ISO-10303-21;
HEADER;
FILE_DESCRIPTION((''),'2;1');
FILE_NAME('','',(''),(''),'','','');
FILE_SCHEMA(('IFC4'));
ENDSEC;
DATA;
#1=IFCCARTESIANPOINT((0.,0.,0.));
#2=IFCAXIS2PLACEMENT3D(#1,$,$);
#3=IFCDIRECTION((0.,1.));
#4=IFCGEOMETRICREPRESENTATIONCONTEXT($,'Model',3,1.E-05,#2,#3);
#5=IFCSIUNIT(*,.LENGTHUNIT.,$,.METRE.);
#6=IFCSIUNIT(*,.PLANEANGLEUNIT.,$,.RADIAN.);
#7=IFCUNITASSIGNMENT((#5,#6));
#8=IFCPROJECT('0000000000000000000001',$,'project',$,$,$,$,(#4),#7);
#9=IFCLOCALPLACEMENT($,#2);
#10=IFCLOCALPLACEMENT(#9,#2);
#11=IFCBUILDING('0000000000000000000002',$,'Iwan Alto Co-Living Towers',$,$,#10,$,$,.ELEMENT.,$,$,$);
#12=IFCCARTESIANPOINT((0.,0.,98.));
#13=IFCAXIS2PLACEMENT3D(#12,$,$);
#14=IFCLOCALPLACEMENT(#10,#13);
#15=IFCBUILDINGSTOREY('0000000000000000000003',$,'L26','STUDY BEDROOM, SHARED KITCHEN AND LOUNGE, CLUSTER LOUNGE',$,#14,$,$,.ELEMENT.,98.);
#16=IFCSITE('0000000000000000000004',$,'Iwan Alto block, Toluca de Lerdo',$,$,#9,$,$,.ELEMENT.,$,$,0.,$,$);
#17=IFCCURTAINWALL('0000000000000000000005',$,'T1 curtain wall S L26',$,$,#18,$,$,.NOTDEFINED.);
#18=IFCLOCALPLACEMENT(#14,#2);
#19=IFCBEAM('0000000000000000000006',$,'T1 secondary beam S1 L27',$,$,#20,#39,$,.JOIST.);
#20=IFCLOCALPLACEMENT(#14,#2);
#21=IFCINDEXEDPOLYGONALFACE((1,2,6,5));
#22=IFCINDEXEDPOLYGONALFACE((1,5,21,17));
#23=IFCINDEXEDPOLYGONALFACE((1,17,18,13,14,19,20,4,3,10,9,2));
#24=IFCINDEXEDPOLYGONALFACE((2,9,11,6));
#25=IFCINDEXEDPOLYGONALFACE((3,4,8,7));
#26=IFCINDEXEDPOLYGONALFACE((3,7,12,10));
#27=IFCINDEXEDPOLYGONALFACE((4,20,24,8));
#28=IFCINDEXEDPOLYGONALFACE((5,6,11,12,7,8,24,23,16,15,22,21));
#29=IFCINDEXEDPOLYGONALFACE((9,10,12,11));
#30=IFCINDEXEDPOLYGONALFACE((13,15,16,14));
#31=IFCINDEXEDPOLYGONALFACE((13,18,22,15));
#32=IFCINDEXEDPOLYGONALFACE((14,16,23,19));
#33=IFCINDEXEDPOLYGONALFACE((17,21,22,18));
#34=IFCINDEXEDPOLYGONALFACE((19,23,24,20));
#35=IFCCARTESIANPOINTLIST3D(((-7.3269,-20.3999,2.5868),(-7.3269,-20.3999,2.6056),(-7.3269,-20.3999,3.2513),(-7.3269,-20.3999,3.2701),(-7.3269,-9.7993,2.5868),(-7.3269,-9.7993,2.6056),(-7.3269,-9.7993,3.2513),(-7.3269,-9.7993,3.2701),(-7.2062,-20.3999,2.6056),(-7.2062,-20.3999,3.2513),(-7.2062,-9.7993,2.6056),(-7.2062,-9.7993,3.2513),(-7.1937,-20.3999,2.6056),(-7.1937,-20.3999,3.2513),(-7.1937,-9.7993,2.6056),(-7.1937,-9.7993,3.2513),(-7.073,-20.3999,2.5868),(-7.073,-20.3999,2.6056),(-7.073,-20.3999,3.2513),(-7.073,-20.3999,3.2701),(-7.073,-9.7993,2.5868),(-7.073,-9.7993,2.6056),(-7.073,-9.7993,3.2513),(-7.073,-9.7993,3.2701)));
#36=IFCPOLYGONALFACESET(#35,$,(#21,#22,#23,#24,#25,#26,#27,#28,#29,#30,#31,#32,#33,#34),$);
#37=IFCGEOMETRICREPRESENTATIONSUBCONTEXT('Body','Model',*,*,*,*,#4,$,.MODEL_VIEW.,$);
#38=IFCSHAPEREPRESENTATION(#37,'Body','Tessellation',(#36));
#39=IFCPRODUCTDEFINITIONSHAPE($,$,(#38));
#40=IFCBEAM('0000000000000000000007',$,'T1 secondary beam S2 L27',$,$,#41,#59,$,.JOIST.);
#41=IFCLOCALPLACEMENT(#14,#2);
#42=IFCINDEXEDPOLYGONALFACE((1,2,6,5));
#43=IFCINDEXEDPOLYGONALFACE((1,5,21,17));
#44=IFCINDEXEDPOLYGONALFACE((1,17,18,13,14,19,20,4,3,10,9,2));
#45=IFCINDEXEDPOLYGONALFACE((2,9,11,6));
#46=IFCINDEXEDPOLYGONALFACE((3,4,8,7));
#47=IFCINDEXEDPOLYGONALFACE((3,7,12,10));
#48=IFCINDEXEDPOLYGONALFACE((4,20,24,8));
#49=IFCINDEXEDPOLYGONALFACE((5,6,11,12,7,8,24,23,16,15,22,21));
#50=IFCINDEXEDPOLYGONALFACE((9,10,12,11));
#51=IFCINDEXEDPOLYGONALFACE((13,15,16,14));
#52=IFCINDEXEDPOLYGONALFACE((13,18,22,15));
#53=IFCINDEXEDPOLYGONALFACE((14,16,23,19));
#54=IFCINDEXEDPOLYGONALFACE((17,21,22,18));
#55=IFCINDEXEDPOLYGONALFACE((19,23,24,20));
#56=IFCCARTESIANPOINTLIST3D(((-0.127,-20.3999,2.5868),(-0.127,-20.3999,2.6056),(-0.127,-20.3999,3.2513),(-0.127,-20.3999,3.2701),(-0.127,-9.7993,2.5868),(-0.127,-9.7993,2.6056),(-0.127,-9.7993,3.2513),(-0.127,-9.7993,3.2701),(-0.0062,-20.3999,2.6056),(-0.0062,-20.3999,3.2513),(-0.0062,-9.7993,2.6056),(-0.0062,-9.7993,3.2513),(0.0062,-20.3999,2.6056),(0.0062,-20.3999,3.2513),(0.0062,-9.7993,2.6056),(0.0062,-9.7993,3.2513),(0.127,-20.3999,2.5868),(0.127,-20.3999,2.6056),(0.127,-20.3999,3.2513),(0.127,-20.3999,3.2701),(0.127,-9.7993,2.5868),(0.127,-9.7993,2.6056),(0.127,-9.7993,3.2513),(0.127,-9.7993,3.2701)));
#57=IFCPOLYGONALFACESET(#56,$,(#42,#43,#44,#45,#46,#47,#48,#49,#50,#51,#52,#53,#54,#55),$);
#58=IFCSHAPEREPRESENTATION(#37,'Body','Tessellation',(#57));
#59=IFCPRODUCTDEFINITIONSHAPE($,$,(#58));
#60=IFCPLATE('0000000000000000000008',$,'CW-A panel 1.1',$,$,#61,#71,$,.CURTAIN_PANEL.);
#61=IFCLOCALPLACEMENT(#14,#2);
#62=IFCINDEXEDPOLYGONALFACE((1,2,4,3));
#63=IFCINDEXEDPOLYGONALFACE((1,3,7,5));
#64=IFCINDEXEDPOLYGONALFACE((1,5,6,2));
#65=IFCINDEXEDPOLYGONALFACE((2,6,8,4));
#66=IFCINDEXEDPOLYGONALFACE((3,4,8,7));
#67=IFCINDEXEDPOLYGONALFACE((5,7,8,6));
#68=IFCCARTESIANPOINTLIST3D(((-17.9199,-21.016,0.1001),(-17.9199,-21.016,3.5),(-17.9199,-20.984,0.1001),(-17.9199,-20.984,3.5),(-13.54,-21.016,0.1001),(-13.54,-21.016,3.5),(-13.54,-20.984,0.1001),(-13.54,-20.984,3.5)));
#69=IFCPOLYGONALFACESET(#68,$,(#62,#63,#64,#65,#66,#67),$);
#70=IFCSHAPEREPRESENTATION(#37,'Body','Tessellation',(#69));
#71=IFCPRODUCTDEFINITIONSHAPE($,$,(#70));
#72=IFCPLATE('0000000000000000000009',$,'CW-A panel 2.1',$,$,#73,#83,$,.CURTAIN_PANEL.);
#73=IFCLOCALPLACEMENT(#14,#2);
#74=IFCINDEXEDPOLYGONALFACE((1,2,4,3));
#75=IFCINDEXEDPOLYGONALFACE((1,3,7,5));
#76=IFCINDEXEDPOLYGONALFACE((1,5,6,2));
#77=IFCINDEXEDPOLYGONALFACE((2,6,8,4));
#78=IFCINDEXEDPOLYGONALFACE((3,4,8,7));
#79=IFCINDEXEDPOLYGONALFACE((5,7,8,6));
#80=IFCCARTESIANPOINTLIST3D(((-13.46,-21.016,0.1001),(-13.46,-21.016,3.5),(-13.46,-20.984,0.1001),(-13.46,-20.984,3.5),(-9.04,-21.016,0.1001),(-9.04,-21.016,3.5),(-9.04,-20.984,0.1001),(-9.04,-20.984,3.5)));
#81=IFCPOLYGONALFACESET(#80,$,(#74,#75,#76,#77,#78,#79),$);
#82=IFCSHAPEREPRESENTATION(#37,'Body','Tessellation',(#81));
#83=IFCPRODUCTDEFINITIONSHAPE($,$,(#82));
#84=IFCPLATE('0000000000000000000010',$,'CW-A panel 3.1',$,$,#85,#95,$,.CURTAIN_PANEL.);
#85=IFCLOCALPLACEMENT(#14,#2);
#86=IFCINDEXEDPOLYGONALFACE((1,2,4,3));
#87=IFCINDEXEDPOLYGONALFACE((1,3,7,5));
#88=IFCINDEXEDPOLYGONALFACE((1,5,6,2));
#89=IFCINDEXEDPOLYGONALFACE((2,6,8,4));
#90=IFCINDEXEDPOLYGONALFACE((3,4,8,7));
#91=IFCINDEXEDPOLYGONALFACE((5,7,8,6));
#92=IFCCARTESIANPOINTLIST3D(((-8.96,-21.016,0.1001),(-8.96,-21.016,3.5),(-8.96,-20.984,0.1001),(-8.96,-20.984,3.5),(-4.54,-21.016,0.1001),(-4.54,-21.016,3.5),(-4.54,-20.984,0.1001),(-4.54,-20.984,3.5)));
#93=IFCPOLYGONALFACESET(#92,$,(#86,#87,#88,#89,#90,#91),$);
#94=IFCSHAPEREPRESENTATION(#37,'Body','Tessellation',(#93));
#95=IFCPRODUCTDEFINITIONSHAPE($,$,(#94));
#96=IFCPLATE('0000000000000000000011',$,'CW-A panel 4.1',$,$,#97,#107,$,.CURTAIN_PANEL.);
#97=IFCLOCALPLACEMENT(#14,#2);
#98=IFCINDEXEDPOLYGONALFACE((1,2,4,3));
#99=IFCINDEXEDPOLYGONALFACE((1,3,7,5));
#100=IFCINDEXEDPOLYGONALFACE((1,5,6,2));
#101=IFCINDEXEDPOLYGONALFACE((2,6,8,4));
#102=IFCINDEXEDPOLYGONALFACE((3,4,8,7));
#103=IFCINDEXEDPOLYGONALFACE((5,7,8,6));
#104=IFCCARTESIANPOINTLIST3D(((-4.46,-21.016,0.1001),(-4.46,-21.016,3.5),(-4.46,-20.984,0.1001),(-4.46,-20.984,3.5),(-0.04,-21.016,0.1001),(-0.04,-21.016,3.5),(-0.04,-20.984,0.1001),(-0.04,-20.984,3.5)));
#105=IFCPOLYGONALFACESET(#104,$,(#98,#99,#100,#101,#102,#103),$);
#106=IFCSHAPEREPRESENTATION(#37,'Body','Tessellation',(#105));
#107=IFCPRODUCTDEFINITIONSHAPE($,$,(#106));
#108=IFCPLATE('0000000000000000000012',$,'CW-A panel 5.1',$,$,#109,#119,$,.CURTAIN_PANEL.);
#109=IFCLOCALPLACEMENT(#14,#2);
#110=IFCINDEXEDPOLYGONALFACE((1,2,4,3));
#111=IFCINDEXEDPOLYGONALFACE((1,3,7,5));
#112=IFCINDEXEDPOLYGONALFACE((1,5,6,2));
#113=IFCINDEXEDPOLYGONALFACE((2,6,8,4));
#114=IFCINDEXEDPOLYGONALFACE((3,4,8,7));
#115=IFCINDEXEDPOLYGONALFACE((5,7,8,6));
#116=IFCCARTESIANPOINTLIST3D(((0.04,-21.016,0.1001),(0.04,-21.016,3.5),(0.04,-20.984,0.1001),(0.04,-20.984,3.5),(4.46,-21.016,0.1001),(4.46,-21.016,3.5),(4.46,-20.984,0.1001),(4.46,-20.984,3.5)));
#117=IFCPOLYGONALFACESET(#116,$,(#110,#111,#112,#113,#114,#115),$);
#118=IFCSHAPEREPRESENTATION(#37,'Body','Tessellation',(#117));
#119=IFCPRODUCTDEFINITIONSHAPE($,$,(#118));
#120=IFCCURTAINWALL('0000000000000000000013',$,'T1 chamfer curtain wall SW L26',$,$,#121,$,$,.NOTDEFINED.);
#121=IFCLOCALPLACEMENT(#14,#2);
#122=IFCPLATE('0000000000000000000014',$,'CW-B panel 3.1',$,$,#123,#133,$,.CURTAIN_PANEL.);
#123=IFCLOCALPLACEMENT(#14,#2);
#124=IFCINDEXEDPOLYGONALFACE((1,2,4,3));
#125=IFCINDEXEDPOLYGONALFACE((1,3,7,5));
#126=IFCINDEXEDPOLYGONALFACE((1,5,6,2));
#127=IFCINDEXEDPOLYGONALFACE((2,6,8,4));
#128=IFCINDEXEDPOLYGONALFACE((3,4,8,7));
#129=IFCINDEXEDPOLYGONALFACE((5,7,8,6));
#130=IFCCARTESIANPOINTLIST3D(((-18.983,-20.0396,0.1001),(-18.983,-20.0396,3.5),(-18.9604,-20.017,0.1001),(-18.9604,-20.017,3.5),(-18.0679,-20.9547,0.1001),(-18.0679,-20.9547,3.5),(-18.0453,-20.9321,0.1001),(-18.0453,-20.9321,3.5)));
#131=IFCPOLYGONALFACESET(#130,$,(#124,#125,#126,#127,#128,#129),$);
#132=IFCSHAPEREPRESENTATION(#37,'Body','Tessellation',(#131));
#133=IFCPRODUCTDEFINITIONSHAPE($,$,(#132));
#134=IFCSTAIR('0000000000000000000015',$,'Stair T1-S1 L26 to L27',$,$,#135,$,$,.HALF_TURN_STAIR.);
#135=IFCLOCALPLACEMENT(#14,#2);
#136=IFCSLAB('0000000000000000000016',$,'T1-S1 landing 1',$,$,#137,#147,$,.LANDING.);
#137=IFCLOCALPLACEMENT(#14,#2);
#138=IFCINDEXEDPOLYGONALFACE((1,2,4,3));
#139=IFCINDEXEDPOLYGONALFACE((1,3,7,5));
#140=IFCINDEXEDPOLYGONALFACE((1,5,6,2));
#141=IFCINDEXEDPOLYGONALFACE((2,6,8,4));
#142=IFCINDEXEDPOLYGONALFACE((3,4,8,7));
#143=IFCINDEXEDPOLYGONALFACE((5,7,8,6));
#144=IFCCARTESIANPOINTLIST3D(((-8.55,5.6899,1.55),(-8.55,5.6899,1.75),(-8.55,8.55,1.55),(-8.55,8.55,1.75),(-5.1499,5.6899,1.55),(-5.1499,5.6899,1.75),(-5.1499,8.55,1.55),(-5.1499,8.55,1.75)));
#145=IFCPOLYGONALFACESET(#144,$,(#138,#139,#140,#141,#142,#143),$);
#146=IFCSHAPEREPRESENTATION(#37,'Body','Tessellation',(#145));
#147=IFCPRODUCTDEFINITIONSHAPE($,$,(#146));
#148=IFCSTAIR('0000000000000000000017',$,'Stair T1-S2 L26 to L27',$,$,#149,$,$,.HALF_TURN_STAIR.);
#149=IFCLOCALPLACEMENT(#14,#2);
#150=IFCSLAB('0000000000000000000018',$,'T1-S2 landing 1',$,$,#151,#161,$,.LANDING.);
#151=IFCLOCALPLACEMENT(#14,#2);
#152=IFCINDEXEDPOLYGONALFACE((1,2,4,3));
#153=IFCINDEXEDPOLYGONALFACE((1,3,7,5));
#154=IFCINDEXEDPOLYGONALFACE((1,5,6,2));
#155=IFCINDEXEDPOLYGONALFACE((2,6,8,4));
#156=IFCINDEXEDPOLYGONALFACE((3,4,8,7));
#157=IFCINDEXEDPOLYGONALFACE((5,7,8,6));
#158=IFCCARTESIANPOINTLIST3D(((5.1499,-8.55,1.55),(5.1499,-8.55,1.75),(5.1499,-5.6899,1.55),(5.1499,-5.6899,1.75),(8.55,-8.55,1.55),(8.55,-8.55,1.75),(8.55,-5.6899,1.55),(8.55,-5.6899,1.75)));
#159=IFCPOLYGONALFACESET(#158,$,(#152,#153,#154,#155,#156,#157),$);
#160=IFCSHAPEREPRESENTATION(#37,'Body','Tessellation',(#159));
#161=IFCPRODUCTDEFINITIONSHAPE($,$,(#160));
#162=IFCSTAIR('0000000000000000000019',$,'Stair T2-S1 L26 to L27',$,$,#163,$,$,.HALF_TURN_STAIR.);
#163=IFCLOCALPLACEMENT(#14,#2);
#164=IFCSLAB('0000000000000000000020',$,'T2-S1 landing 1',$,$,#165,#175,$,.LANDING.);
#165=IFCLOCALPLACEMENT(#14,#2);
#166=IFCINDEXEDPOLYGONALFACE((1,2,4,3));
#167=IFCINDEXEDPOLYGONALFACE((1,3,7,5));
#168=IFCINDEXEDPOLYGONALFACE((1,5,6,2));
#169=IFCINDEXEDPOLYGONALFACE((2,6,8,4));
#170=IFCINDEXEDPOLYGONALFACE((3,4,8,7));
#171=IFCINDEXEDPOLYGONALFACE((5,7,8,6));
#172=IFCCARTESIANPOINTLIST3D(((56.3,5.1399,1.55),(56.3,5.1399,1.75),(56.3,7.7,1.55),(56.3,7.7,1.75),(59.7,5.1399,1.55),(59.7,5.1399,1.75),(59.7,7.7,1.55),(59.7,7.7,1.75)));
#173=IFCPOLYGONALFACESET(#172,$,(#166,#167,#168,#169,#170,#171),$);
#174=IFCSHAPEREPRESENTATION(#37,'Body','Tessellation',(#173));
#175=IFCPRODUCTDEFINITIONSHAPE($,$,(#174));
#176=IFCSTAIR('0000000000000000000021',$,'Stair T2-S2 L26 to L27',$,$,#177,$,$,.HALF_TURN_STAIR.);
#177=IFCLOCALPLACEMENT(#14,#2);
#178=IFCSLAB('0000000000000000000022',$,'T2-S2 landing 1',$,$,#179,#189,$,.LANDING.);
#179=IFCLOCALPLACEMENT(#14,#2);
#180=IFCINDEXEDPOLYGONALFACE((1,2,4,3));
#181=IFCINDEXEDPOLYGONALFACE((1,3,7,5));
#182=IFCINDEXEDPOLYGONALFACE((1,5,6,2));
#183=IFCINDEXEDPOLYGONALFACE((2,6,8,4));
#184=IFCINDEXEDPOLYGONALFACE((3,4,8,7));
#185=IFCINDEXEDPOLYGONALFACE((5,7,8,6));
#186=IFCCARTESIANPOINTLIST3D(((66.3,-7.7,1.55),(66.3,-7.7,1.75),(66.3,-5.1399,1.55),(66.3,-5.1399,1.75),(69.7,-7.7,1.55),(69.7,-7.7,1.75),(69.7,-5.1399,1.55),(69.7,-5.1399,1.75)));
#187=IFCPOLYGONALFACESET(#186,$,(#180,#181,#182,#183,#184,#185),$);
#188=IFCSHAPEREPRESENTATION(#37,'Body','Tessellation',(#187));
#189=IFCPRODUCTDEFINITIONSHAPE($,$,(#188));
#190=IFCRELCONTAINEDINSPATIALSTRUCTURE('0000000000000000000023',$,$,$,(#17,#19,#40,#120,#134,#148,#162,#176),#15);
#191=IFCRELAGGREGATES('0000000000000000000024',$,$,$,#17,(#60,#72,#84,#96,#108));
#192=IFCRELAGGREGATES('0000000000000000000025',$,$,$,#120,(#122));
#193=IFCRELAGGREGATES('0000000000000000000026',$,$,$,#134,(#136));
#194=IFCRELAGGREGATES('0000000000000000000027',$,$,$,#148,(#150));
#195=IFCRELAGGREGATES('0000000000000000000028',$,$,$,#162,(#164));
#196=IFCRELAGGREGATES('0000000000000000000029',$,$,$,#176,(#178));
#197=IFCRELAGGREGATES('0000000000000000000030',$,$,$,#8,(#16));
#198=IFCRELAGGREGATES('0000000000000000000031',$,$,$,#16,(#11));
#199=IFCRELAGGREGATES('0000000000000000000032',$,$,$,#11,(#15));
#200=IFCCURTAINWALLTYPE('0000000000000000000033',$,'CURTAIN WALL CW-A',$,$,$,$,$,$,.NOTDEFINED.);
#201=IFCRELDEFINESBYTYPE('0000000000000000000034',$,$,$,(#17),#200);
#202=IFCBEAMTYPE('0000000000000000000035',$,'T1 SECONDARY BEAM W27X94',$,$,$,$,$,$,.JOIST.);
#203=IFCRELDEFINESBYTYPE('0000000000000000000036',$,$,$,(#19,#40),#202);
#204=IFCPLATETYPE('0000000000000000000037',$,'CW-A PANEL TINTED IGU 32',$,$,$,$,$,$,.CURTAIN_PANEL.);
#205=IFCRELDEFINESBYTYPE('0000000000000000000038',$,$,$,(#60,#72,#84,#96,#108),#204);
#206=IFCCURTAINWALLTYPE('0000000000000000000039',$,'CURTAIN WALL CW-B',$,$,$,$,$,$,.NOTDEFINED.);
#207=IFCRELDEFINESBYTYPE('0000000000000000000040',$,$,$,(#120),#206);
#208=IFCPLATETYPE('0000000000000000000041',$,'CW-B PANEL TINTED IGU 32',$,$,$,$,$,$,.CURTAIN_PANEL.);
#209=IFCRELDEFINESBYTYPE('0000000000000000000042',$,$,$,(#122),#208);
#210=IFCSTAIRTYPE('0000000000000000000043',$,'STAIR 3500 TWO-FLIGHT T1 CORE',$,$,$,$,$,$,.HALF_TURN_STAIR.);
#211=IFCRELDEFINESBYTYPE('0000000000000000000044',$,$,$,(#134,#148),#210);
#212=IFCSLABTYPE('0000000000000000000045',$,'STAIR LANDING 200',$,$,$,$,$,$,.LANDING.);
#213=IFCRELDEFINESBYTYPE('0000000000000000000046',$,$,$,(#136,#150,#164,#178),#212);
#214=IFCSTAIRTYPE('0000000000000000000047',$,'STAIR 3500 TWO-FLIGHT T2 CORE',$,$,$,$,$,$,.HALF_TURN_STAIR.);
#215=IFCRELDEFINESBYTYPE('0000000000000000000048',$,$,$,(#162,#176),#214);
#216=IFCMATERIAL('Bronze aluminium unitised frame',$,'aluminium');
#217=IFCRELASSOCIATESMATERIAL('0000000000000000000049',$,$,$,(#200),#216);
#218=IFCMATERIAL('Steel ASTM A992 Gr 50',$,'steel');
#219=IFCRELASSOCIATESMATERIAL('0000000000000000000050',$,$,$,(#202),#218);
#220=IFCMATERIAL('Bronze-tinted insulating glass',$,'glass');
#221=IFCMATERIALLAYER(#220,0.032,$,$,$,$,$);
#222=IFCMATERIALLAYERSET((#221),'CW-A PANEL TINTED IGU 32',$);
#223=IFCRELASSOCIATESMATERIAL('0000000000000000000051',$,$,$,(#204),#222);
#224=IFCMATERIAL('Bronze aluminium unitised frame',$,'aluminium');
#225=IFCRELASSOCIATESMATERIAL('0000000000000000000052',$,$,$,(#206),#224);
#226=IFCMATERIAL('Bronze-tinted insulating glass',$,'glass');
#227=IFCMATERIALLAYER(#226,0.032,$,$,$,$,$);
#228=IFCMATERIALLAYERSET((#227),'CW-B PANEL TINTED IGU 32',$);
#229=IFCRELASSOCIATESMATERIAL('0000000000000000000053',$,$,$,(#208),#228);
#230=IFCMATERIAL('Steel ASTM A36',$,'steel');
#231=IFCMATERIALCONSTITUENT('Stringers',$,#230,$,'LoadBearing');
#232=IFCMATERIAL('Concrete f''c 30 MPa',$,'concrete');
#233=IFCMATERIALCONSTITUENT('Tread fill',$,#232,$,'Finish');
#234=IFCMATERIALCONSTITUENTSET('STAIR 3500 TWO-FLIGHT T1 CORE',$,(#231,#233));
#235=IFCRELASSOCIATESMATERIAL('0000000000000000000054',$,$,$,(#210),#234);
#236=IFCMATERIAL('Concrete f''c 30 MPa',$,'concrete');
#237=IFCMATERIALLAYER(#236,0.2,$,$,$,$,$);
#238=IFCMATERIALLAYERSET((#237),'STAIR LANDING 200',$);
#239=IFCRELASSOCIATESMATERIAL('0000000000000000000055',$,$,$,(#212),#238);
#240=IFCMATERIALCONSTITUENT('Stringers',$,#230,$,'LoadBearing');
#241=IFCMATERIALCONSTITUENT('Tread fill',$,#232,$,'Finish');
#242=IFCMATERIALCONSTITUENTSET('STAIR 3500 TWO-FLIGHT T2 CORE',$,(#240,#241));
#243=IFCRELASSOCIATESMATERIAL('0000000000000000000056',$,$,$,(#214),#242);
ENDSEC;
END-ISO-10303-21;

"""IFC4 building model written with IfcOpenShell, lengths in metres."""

from ifc_helpers import new_model, si_unit, direction, frame, origin, origin_2d, place, context, subcontext, project, spatial, polyline, rectangle, i_section, outline, extrude, material, layer, layer_set, constituent, constituent_set, material_profile, profile_set, type_object, element, aggregate, save


model = new_model("IFC4")

# Units and contexts
model_context = context("Model", 3, precision=1e-05, world=origin(), true_north=direction((0.0, 1.0)))
body_context = subcontext(model_context, "Body", "Model", "MODEL_VIEW")
ifc_project = project(units=[si_unit("LENGTHUNIT", "METRE"), si_unit("PLANEANGLEUNIT", "RADIAN")], contexts=[model_context])

# Site, building, storey
site_placement = place(None, origin())
site = spatial("IfcSite", under=ifc_project, at=site_placement, Name="Iwan Alto block, Toluca de Lerdo", CompositionType="ELEMENT", RefElevation=0.0)
building_placement = place(site_placement, origin())
building = spatial("IfcBuilding", under=site, at=building_placement, Name="Iwan Alto Co-Living Towers", CompositionType="ELEMENT")
storey_placement = place(building_placement, frame((0.0, 0.0, 98.0)))
storey = spatial("IfcBuildingStorey", under=building, at=storey_placement, Name="L26", Description="STUDY BEDROOM, SHARED KITCHEN AND LOUNGE, CLUSTER LOUNGE", CompositionType="ELEMENT", Elevation=98.0)

# Curtain wall
ifc_material_1 = material(Name="Bronze aluminium unitised frame", Category="aluminium")
curtain_wall_type_1 = type_object("IfcCurtainWallType", Name="CURTAIN WALL CW-A", PredefinedType="NOTDEFINED", material=ifc_material_1)
curtain_wall_1_placement = place(storey_placement, origin())
curtain_wall_1 = element("IfcCurtainWall", 1, at=curtain_wall_1_placement, inside=storey, type_object=curtain_wall_type_1, Name="T1 curtain wall S L26", PredefinedType="NOTDEFINED")

# Beams
ifc_material_2 = material(Name="Steel ASTM A992 Gr 50", Category="steel")
ifc_material_profile_1 = material_profile(ifc_material_2, i_section(OverallWidth=0.2539, OverallDepth=0.6833, WebThickness=0.0125, FlangeThickness=0.0188, at=origin_2d()), Name="W27X94")
ifc_profile_set_1 = profile_set([ifc_material_profile_1], Name="Steel ASTM A992 Gr 50")
beam_type_1 = type_object("IfcBeamType", Name="T1 SECONDARY BEAM W27X94", PredefinedType="JOIST", material=ifc_profile_set_1)
for number, where, z_axis, x_axis, name in (
    (2, (-7.2, -20.3999, 2.9285), (0.0, 1.0, 0.0), (-1.0, 0.0, 0.0), "T1 secondary beam S1 L27"),
    (3, (0.0, -20.3999, 2.9285), (0.0, 1.0, 0.0), (-1.0, 0.0, 0.0), "T1 secondary beam S2 L27"),
):
    element("IfcBeam", number, at=place(storey_placement, frame(where, z_axis=z_axis, x_axis=x_axis)), inside=storey, type_object=beam_type_1, Name=name, PredefinedType="JOIST", context=body_context, shape_type="SweptSolid", body=[
        extrude(i_section(OverallWidth=0.2539, OverallDepth=0.6833, WebThickness=0.0125, FlangeThickness=0.0188, at=origin_2d()), origin(), (0.0, 0.0, 1.0), 10.6006),
    ])

# Plates
ifc_material_3 = material(Name="Bronze-tinted insulating glass", Category="glass")
ifc_layer_1 = layer(ifc_material_3, 0.032)
ifc_layer_set_1 = layer_set([ifc_layer_1], Name="CW-A PANEL TINTED IGU 32")
plate_type_1 = type_object("IfcPlateType", Name="CW-A PANEL TINTED IGU 32", PredefinedType="CURTAIN_PANEL", material=ifc_layer_set_1)
plate_1_placement = place(storey_placement, frame((-15.73, -21.0, 0.1001), z_axis=(0.0, 0.0, 1.0), x_axis=(1.0, 0.0, 0.0)))
plate_1 = element("IfcPlate", 4, at=plate_1_placement, type_object=plate_type_1, Name="CW-A panel 1.1", PredefinedType="CURTAIN_PANEL", context=body_context, shape_type="SweptSolid", body=[
    extrude(rectangle(XDim=4.3799, YDim=0.032, at=origin_2d()), origin(), (0.0, 0.0, 1.0), 3.3999),
])
plate_2_placement = place(storey_placement, frame((-11.25, -21.0, 0.1001), z_axis=(0.0, 0.0, 1.0), x_axis=(1.0, 0.0, 0.0)))
plate_2 = element("IfcPlate", 5, at=plate_2_placement, type_object=plate_type_1, Name="CW-A panel 2.1", PredefinedType="CURTAIN_PANEL", context=body_context, shape_type="SweptSolid", body=[
    extrude(rectangle(XDim=4.4199, YDim=0.032, at=origin_2d()), origin(), (0.0, 0.0, 1.0), 3.3999),
])
plate_3_placement = place(storey_placement, frame((-6.75, -21.0, 0.1001), z_axis=(0.0, 0.0, 1.0), x_axis=(1.0, 0.0, 0.0)))
plate_3 = element("IfcPlate", 6, at=plate_3_placement, type_object=plate_type_1, Name="CW-A panel 3.1", PredefinedType="CURTAIN_PANEL", context=body_context, shape_type="SweptSolid", body=[
    extrude(rectangle(XDim=4.4199, YDim=0.032, at=origin_2d()), origin(), (0.0, 0.0, 1.0), 3.3999),
])
plate_4_placement = place(storey_placement, frame((-2.25, -21.0, 0.1001), z_axis=(0.0, 0.0, 1.0), x_axis=(1.0, 0.0, 0.0)))
plate_4 = element("IfcPlate", 7, at=plate_4_placement, type_object=plate_type_1, Name="CW-A panel 4.1", PredefinedType="CURTAIN_PANEL", context=body_context, shape_type="SweptSolid", body=[
    extrude(rectangle(XDim=4.4199, YDim=0.032, at=origin_2d()), origin(), (0.0, 0.0, 1.0), 3.3999),
])
plate_5_placement = place(storey_placement, frame((2.25, -21.0, 0.1001), z_axis=(0.0, 0.0, 1.0), x_axis=(1.0, 0.0, 0.0)))
plate_5 = element("IfcPlate", 8, at=plate_5_placement, type_object=plate_type_1, Name="CW-A panel 5.1", PredefinedType="CURTAIN_PANEL", context=body_context, shape_type="SweptSolid", body=[
    extrude(rectangle(XDim=4.4199, YDim=0.032, at=origin_2d()), origin(), (0.0, 0.0, 1.0), 3.3999),
])
aggregate(curtain_wall_1, [plate_1, plate_2, plate_3, plate_4, plate_5])

# Curtain wall, plate
ifc_material_4 = material(Name="Bronze aluminium unitised frame", Category="aluminium")
curtain_wall_type_2 = type_object("IfcCurtainWallType", Name="CURTAIN WALL CW-B", PredefinedType="NOTDEFINED", material=ifc_material_4)
curtain_wall_2_placement = place(storey_placement, origin())
curtain_wall_2 = element("IfcCurtainWall", 9, at=curtain_wall_2_placement, inside=storey, type_object=curtain_wall_type_2, Name="T1 chamfer curtain wall SW L26", PredefinedType="NOTDEFINED")
ifc_material_5 = material(Name="Bronze-tinted insulating glass", Category="glass")
ifc_layer_2 = layer(ifc_material_5, 0.032)
ifc_layer_set_2 = layer_set([ifc_layer_2], Name="CW-B PANEL TINTED IGU 32")
plate_type_2 = type_object("IfcPlateType", Name="CW-B PANEL TINTED IGU 32", PredefinedType="CURTAIN_PANEL", material=ifc_layer_set_2)
plate_6_placement = place(storey_placement, frame((-18.5142, -20.4858, 0.1001), z_axis=(0.0, 0.0, 1.0), x_axis=(0.707107, -0.707107, 0.0)))
plate_6 = element("IfcPlate", 10, at=plate_6_placement, type_object=plate_type_2, Name="CW-B panel 3.1", PredefinedType="CURTAIN_PANEL", context=body_context, shape_type="SweptSolid", body=[
    extrude(rectangle(XDim=1.2942, YDim=0.032, at=origin_2d()), origin(), (0.0, 0.0, 1.0), 3.3999),
])
aggregate(curtain_wall_2, [plate_6])

# Stairs, slabs
ifc_material_6 = material(Name="Steel ASTM A36", Category="steel")
ifc_constituent_1 = constituent(ifc_material_6, Name="Stringers", Category="LoadBearing")
ifc_material_7 = material(Name="Concrete f'c 30 MPa", Category="concrete")
ifc_constituent_2 = constituent(ifc_material_7, Name="Tread fill", Category="Finish")
ifc_constituent_set_1 = constituent_set(constituents=[ifc_constituent_1, ifc_constituent_2], Name="STAIR 3500 TWO-FLIGHT T1 CORE")
stair_type_1 = type_object("IfcStairType", Name="STAIR 3500 TWO-FLIGHT T1 CORE", PredefinedType="HALF_TURN_STAIR", material=ifc_constituent_set_1)
stair_1_placement = place(storey_placement, origin())
stair_1 = element("IfcStair", 11, at=stair_1_placement, inside=storey, type_object=stair_type_1, Name="Stair T1-S1 L26 to L27", PredefinedType="HALF_TURN_STAIR")
ifc_material_8 = material(Name="Concrete f'c 30 MPa", Category="concrete")
ifc_layer_3 = layer(ifc_material_8, 0.2)
ifc_layer_set_3 = layer_set([ifc_layer_3], Name="STAIR LANDING 200")
slab_type = type_object("IfcSlabType", Name="STAIR LANDING 200", PredefinedType="LANDING", material=ifc_layer_set_3)
slab_1_placement = place(storey_placement, frame((0.0, 0.0, 1.55)))
slab_1 = element("IfcSlab", 12, at=slab_1_placement, type_object=slab_type, Name="T1-S1 landing 1", PredefinedType="LANDING", context=body_context, shape_type="SweptSolid", body=[
    extrude(outline(polyline([(-8.55, 5.6899), (-8.55, 8.55), (-5.1499, 8.55), (-5.1499, 5.6899), (-8.55, 5.6899)])), origin(), (0.0, 0.0, 1.0), 0.2),
])
aggregate(stair_1, [slab_1])
stair_2_placement = place(storey_placement, origin())
stair_2 = element("IfcStair", 13, at=stair_2_placement, inside=storey, type_object=stair_type_1, Name="Stair T1-S2 L26 to L27", PredefinedType="HALF_TURN_STAIR")
slab_2_placement = place(storey_placement, frame((0.0, 0.0, 1.55)))
slab_2 = element("IfcSlab", 14, at=slab_2_placement, type_object=slab_type, Name="T1-S2 landing 1", PredefinedType="LANDING", context=body_context, shape_type="SweptSolid", body=[
    extrude(outline(polyline([(5.1499, -5.6899), (5.1499, -8.55), (8.55, -8.55), (8.55, -5.6899), (5.1499, -5.6899)])), origin(), (0.0, 0.0, 1.0), 0.2),
])
aggregate(stair_2, [slab_2])
ifc_constituent_3 = constituent(ifc_material_6, Name="Stringers", Category="LoadBearing")
ifc_constituent_4 = constituent(ifc_material_7, Name="Tread fill", Category="Finish")
ifc_constituent_set_2 = constituent_set(constituents=[ifc_constituent_3, ifc_constituent_4], Name="STAIR 3500 TWO-FLIGHT T2 CORE")
stair_type_2 = type_object("IfcStairType", Name="STAIR 3500 TWO-FLIGHT T2 CORE", PredefinedType="HALF_TURN_STAIR", material=ifc_constituent_set_2)
stair_3_placement = place(storey_placement, origin())
stair_3 = element("IfcStair", 15, at=stair_3_placement, inside=storey, type_object=stair_type_2, Name="Stair T2-S1 L26 to L27", PredefinedType="HALF_TURN_STAIR")
slab_3_placement = place(storey_placement, frame((0.0, 0.0, 1.55)))
slab_3 = element("IfcSlab", 16, at=slab_3_placement, type_object=slab_type, Name="T2-S1 landing 1", PredefinedType="LANDING", context=body_context, shape_type="SweptSolid", body=[
    extrude(outline(polyline([(56.3, 5.1399), (56.3, 7.7), (59.7, 7.7), (59.7, 5.1399), (56.3, 5.1399)])), origin(), (0.0, 0.0, 1.0), 0.2),
])
aggregate(stair_3, [slab_3])
stair_4_placement = place(storey_placement, origin())
stair_4 = element("IfcStair", 17, at=stair_4_placement, inside=storey, type_object=stair_type_2, Name="Stair T2-S2 L26 to L27", PredefinedType="HALF_TURN_STAIR")
slab_4_placement = place(storey_placement, frame((0.0, 0.0, 1.55)))
slab_4 = element("IfcSlab", 18, at=slab_4_placement, type_object=slab_type, Name="T2-S2 landing 1", PredefinedType="LANDING", context=body_context, shape_type="SweptSolid", body=[
    extrude(outline(polyline([(66.3, -5.1399), (66.3, -7.7), (69.7, -7.7), (69.7, -5.1399), (66.3, -5.1399)])), origin(), (0.0, 0.0, 1.0), 0.2),
])
aggregate(stair_4, [slab_4])

save(model, "model.ifc")
